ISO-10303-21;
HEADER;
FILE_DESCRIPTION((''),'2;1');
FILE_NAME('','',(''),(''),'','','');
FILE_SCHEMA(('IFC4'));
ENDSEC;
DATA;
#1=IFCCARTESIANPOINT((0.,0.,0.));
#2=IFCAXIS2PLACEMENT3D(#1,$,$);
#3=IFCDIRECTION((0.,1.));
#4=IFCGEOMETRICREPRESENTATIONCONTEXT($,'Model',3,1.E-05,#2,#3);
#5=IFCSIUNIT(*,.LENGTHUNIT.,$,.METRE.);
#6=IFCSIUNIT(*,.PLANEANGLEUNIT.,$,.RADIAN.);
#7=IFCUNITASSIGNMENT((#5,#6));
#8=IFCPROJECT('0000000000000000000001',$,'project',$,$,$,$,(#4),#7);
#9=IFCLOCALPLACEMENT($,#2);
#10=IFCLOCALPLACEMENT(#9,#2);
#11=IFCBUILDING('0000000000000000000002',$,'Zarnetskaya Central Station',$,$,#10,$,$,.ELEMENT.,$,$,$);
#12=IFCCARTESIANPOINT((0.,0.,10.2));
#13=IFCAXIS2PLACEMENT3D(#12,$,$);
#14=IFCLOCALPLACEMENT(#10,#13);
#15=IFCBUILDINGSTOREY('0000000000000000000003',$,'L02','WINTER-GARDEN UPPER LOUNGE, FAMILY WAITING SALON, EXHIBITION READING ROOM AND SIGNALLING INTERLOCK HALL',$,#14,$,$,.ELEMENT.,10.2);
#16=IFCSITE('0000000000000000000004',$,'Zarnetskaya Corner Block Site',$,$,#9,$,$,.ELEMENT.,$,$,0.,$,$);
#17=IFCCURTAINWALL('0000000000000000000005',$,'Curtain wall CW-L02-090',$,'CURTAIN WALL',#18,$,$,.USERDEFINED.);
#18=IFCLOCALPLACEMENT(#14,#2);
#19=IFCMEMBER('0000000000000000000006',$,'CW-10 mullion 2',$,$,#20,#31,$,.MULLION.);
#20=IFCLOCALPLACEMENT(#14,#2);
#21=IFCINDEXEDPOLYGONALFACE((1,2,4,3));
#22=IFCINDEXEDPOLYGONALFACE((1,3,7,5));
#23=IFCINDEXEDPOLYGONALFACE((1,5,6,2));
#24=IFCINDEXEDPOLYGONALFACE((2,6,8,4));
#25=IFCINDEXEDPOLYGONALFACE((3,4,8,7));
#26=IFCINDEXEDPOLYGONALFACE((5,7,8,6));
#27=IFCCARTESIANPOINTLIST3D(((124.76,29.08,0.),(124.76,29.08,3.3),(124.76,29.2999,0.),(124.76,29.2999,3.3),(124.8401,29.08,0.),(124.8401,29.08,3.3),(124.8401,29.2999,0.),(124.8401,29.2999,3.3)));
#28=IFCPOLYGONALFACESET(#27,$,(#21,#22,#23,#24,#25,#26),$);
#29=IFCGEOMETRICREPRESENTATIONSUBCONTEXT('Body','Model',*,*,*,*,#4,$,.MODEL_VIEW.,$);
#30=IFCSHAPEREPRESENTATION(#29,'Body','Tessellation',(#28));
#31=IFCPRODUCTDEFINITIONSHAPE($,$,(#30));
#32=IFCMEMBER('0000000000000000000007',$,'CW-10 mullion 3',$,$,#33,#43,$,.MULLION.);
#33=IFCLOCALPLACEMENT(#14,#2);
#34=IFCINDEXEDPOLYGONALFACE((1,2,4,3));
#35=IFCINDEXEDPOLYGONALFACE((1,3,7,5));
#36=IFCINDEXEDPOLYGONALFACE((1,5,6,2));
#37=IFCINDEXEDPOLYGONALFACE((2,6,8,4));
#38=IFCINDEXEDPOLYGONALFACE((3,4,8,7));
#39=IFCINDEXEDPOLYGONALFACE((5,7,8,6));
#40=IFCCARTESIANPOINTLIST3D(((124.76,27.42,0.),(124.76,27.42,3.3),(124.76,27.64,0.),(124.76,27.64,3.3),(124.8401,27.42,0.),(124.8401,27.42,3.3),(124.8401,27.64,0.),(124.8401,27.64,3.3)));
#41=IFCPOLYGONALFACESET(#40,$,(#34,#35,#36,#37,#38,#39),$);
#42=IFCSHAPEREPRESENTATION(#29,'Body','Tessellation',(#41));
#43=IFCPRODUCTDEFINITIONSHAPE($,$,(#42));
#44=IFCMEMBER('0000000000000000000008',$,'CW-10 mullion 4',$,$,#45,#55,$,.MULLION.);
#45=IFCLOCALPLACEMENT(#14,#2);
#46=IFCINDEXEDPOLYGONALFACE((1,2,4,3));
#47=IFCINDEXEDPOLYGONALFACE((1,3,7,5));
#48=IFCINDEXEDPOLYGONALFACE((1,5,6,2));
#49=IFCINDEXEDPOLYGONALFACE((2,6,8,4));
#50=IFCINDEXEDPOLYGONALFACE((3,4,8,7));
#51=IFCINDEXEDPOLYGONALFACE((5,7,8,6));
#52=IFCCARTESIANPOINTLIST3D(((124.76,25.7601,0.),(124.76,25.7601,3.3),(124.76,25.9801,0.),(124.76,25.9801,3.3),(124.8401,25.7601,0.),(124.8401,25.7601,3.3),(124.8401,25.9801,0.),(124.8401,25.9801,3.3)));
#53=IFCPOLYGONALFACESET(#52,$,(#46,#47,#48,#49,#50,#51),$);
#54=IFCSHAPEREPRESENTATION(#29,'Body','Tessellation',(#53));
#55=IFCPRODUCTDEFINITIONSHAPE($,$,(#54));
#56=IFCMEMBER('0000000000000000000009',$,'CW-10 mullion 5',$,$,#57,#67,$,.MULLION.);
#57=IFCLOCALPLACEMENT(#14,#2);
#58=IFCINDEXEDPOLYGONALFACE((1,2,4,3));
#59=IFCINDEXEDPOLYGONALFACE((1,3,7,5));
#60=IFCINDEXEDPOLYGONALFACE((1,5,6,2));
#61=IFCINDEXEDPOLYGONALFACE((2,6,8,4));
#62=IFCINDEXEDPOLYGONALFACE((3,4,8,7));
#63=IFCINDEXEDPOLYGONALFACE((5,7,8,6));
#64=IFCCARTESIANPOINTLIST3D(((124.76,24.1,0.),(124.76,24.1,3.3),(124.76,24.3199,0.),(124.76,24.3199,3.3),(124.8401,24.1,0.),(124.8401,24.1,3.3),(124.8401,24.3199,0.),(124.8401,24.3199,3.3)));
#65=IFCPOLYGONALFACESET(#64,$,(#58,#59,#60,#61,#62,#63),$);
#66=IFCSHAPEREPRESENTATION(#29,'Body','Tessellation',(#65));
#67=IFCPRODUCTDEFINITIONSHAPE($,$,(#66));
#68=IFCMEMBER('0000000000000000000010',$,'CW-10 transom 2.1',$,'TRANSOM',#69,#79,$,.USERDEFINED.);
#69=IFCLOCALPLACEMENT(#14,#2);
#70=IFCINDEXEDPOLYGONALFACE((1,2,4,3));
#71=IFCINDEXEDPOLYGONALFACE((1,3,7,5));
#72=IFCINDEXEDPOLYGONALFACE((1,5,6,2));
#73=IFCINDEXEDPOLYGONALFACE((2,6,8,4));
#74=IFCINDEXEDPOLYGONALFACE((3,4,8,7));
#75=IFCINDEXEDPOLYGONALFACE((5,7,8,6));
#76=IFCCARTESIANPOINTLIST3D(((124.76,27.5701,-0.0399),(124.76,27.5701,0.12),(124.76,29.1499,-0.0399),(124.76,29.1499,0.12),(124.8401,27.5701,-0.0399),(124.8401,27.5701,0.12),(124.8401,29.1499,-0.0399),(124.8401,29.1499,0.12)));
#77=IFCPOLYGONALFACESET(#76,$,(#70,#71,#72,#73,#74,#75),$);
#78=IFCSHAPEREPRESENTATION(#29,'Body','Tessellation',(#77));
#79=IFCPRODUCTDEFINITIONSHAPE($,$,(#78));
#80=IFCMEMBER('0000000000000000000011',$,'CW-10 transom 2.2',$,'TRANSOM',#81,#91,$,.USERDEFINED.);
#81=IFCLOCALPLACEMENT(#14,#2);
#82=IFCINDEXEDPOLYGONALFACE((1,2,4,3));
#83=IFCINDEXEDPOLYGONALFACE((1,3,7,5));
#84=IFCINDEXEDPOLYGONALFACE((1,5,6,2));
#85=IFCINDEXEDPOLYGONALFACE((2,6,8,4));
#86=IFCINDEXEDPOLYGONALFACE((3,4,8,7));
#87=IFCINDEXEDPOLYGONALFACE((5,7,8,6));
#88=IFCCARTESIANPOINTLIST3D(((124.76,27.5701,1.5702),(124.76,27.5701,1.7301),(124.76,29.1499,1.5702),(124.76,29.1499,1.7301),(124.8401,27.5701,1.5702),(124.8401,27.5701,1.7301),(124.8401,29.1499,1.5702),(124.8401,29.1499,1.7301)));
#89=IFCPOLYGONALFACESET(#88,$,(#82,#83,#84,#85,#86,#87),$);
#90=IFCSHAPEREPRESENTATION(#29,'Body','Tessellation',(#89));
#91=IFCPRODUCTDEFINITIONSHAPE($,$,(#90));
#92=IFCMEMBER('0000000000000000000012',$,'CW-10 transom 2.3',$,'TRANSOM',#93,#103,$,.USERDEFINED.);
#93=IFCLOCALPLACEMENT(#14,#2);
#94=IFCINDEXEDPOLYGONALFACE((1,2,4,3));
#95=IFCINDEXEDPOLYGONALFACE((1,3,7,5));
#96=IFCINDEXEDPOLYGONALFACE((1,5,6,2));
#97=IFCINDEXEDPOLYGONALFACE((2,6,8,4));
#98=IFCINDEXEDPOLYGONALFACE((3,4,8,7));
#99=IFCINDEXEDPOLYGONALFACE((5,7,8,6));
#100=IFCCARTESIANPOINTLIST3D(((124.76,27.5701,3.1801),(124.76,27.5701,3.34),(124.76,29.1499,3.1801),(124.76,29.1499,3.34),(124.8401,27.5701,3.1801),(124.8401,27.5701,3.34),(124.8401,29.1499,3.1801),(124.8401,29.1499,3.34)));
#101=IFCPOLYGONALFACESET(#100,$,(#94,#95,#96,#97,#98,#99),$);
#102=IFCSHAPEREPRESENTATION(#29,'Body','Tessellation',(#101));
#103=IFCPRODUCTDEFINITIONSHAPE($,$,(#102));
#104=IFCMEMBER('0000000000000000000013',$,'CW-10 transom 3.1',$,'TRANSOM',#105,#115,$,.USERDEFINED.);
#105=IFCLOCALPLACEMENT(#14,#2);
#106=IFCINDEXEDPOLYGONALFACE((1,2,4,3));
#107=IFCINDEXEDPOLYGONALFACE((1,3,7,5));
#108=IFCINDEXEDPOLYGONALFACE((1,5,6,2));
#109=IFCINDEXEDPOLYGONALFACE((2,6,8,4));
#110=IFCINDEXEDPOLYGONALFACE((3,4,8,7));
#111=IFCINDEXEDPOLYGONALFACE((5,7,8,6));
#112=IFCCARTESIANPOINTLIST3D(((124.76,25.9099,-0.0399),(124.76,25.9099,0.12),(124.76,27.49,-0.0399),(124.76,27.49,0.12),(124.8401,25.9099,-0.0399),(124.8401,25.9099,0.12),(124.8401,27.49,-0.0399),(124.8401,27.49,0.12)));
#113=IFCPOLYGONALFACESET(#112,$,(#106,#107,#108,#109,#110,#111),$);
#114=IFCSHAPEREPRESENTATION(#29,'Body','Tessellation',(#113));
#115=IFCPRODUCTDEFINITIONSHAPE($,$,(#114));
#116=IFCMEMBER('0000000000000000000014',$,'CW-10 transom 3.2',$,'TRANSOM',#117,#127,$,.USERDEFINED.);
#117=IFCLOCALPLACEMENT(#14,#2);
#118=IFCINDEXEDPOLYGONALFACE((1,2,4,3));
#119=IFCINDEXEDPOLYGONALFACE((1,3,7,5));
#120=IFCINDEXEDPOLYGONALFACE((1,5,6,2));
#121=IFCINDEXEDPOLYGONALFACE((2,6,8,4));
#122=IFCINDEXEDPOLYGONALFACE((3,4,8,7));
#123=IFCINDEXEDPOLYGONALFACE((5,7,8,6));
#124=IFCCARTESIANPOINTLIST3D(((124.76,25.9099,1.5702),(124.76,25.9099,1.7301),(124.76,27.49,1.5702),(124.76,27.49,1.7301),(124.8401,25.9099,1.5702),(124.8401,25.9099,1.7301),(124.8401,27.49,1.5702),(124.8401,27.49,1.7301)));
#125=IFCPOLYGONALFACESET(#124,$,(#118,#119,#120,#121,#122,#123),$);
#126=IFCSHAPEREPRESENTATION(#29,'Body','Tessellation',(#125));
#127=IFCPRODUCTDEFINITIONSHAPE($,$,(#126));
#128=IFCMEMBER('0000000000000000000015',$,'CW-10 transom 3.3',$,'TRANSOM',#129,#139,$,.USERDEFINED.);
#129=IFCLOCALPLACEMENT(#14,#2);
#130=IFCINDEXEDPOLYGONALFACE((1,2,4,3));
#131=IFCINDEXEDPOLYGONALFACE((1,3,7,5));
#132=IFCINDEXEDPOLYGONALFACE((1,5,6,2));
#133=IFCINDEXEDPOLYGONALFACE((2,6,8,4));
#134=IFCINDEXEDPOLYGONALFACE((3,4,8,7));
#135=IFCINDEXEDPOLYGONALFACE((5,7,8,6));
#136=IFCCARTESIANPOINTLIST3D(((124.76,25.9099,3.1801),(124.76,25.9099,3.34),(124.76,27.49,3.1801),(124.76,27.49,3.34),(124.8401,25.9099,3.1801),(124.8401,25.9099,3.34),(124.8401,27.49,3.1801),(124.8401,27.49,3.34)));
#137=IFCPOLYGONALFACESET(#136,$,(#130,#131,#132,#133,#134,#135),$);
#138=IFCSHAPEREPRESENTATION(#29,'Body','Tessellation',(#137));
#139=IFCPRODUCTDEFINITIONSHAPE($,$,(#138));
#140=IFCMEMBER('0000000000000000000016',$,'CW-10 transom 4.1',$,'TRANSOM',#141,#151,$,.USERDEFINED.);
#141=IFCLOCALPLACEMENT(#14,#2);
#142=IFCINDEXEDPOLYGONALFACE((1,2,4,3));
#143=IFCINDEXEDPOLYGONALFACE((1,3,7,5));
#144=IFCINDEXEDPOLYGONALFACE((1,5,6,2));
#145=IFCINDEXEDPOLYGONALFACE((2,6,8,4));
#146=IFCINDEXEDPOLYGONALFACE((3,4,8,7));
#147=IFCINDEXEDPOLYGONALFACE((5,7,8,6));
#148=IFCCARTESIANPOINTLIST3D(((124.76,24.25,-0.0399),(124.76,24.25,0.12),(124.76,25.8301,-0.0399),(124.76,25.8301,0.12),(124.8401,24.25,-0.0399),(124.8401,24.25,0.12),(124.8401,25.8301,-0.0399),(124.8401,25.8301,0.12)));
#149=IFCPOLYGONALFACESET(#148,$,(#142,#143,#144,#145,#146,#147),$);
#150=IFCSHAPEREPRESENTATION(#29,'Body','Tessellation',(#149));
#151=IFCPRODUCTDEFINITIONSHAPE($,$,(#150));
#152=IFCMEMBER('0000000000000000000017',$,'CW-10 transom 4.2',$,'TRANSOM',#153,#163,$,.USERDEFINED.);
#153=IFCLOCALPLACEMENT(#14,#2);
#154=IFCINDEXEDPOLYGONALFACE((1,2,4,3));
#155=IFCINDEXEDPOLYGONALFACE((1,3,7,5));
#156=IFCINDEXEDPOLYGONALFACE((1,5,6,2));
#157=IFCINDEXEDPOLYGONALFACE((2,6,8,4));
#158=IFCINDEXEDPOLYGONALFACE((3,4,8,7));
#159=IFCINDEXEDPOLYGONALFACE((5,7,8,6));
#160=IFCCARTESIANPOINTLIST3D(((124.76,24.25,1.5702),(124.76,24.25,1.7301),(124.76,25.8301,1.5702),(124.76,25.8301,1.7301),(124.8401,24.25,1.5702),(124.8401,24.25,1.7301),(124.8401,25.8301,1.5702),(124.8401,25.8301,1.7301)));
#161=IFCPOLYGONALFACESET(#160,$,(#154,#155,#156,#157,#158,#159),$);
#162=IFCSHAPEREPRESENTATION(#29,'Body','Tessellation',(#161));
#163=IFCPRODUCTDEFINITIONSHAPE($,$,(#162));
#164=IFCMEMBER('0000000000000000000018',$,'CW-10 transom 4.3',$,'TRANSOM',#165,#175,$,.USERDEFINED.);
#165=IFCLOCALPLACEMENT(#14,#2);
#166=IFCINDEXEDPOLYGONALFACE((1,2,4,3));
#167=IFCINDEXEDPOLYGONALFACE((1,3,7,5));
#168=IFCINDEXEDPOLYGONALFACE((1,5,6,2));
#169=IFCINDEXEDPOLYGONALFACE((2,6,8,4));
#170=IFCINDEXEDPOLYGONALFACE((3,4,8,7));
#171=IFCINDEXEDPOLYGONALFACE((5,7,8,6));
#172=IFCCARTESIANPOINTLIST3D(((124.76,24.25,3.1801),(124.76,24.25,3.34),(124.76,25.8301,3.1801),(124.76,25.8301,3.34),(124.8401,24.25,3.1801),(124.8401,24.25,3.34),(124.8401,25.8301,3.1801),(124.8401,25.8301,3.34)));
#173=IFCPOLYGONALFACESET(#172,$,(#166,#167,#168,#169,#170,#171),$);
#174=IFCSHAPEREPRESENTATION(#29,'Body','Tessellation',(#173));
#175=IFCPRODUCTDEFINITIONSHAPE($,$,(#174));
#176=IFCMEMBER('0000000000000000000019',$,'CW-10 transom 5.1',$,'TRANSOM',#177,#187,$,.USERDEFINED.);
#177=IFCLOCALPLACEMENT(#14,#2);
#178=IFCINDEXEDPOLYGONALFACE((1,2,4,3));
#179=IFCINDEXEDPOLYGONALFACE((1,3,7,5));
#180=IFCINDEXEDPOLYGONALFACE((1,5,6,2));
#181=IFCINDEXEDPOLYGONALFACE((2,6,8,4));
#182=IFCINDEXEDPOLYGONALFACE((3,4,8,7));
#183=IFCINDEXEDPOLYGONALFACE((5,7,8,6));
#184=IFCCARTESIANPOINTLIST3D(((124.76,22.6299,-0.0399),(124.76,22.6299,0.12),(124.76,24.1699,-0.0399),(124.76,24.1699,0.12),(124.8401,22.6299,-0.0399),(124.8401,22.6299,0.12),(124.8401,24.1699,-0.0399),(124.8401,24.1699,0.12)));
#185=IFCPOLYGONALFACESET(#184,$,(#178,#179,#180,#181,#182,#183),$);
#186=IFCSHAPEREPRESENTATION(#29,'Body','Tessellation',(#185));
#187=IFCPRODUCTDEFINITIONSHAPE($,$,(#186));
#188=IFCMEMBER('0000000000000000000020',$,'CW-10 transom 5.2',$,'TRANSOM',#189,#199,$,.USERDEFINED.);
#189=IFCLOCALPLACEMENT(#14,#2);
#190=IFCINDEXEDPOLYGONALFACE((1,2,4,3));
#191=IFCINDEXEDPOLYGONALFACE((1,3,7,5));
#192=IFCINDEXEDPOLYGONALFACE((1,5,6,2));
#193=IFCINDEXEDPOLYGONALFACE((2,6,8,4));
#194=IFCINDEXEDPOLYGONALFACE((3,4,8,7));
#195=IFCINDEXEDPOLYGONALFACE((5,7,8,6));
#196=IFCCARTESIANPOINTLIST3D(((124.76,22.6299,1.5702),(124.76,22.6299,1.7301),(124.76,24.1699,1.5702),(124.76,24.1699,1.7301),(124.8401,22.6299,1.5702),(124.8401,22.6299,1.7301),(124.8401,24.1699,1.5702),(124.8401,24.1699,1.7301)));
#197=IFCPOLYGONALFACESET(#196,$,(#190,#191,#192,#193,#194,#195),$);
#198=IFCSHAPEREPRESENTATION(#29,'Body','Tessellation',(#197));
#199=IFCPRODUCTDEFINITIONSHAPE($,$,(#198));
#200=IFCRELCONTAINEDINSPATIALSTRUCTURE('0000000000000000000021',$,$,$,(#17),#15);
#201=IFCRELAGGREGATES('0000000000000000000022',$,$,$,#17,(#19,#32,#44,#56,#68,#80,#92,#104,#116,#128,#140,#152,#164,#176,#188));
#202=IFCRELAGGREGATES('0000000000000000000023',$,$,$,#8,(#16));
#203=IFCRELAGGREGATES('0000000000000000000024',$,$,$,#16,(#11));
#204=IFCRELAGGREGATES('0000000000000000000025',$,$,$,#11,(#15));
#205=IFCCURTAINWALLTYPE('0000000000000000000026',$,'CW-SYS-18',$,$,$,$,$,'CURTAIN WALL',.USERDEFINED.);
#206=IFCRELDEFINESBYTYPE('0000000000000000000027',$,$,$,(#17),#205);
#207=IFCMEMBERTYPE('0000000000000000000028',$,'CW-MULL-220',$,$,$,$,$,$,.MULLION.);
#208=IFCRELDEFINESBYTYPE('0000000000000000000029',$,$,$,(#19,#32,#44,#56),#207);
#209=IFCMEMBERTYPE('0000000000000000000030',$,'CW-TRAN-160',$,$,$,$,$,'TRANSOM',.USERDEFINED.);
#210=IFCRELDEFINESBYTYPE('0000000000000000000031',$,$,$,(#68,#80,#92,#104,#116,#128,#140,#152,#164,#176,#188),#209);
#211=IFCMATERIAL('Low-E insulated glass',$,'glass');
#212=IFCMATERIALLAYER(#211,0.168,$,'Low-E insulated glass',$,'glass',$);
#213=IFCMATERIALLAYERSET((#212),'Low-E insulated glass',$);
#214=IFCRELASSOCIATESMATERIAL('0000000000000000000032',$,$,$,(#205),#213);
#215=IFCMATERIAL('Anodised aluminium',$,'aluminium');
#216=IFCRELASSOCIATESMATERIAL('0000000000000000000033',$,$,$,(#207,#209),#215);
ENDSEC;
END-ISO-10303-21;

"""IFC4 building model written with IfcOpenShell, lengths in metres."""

from ifc_helpers import new_model, si_unit, direction, frame, origin, origin_2d, place, context, subcontext, project, spatial, rectangle, extrude, material, layer, layer_set, material_profile, profile_set, type_object, element, aggregate, save


model = new_model("IFC4")

# Units and contexts
model_context = context("Model", 3, precision=1e-05, world=origin(), true_north=direction((0.0, 1.0)))
body_context = subcontext(model_context, "Body", "Model", "MODEL_VIEW")
ifc_project = project(units=[si_unit("LENGTHUNIT", "METRE"), si_unit("PLANEANGLEUNIT", "RADIAN")], contexts=[model_context])

# Site, building, storey
site_placement = place(None, origin())
site = spatial("IfcSite", under=ifc_project, at=site_placement, Name="Zarnetskaya Corner Block Site", CompositionType="ELEMENT", RefElevation=0.0)
building_placement = place(site_placement, origin())
building = spatial("IfcBuilding", under=site, at=building_placement, Name="Zarnetskaya Central Station", CompositionType="ELEMENT")
storey_placement = place(building_placement, frame((0.0, 0.0, 10.2)))
storey = spatial("IfcBuildingStorey", under=building, at=storey_placement, Name="L02", Description="WINTER-GARDEN UPPER LOUNGE, FAMILY WAITING SALON, EXHIBITION READING ROOM AND SIGNALLING INTERLOCK HALL", CompositionType="ELEMENT", Elevation=10.2)

# Curtain wall, members
ifc_material_1 = material(Name="Low-E insulated glass", Category="glass")
ifc_layer_1 = layer(ifc_material_1, 0.168, Name="Low-E insulated glass", Category="glass")
ifc_layer_set_1 = layer_set([ifc_layer_1], Name="Low-E insulated glass")
curtain_wall_type = type_object("IfcCurtainWallType", Name="CW-SYS-18", ElementType="CURTAIN WALL", PredefinedType="USERDEFINED", material=ifc_layer_set_1)
curtain_wall_placement = place(storey_placement, origin())
curtain_wall = element("IfcCurtainWall", 1, at=curtain_wall_placement, inside=storey, type_object=curtain_wall_type, Name="Curtain wall CW-L02-090", ObjectType="CURTAIN WALL", PredefinedType="USERDEFINED")
ifc_material_2 = material(Name="Anodised aluminium", Category="aluminium")
ifc_material_profile_1 = material_profile(ifc_material_2, rectangle(XDim=0.0801, YDim=0.22, at=origin_2d()), Name="ALU MULL 80x220")
ifc_profile_set_1 = profile_set([ifc_material_profile_1], Name="Anodised aluminium")
member_type_1 = type_object("IfcMemberType", Name="CW-MULL-220", PredefinedType="MULLION", material=ifc_profile_set_1)
member_1_placement = place(storey_placement, frame((124.8, 29.1899, 0.0), z_axis=(0.0, 0.0, 1.0), x_axis=(1.0, 0.0, 0.0)))
member_1 = element("IfcMember", 2, at=member_1_placement, type_object=member_type_1, Name="CW-10 mullion 2", PredefinedType="MULLION", context=body_context, shape_type="SweptSolid", body=[
    extrude(rectangle(XDim=0.0801, YDim=0.22, at=origin_2d()), origin(), (0.0, 0.0, 1.0), 3.3),
])
member_2_placement = place(storey_placement, frame((124.8, 27.53, 0.0), z_axis=(0.0, 0.0, 1.0), x_axis=(1.0, 0.0, 0.0)))
member_2 = element("IfcMember", 3, at=member_2_placement, type_object=member_type_1, Name="CW-10 mullion 3", PredefinedType="MULLION", context=body_context, shape_type="SweptSolid", body=[
    extrude(rectangle(XDim=0.0801, YDim=0.22, at=origin_2d()), origin(), (0.0, 0.0, 1.0), 3.3),
])
member_3_placement = place(storey_placement, frame((124.8, 25.8701, 0.0), z_axis=(0.0, 0.0, 1.0), x_axis=(1.0, 0.0, 0.0)))
member_3 = element("IfcMember", 4, at=member_3_placement, type_object=member_type_1, Name="CW-10 mullion 4", PredefinedType="MULLION", context=body_context, shape_type="SweptSolid", body=[
    extrude(rectangle(XDim=0.0801, YDim=0.22, at=origin_2d()), origin(), (0.0, 0.0, 1.0), 3.3),
])
member_4_placement = place(storey_placement, frame((124.8, 24.21, 0.0), z_axis=(0.0, 0.0, 1.0), x_axis=(1.0, 0.0, 0.0)))
member_4 = element("IfcMember", 5, at=member_4_placement, type_object=member_type_1, Name="CW-10 mullion 5", PredefinedType="MULLION", context=body_context, shape_type="SweptSolid", body=[
    extrude(rectangle(XDim=0.0801, YDim=0.22, at=origin_2d()), origin(), (0.0, 0.0, 1.0), 3.3),
])
ifc_material_profile_2 = material_profile(ifc_material_2, rectangle(XDim=0.0801, YDim=0.1599, at=origin_2d()), Name="ALU TRAN 80x160")
ifc_profile_set_2 = profile_set([ifc_material_profile_2], Name="Anodised aluminium")
member_type_2 = type_object("IfcMemberType", Name="CW-TRAN-160", ElementType="TRANSOM", PredefinedType="USERDEFINED", material=ifc_profile_set_2)
member_5_placement = place(storey_placement, frame((124.8, 29.1499, 0.04), z_axis=(0.0, -1.0, 0.0), x_axis=(1.0, 0.0, 0.0)))
member_5 = element("IfcMember", 6, at=member_5_placement, type_object=member_type_2, Name="CW-10 transom 2.1", ObjectType="TRANSOM", PredefinedType="USERDEFINED", context=body_context, shape_type="SweptSolid", body=[
    extrude(rectangle(XDim=0.0801, YDim=0.1599, at=origin_2d()), origin(), (0.0, 0.0, 1.0), 1.5798),
])
member_6_placement = place(storey_placement, frame((124.8, 29.1499, 1.6501), z_axis=(0.0, -1.0, 0.0), x_axis=(1.0, 0.0, 0.0)))
member_6 = element("IfcMember", 7, at=member_6_placement, type_object=member_type_2, Name="CW-10 transom 2.2", ObjectType="TRANSOM", PredefinedType="USERDEFINED", context=body_context, shape_type="SweptSolid", body=[
    extrude(rectangle(XDim=0.0801, YDim=0.1599, at=origin_2d()), origin(), (0.0, 0.0, 1.0), 1.5798),
])
member_7_placement = place(storey_placement, frame((124.8, 29.1499, 3.26), z_axis=(0.0, -1.0, 0.0), x_axis=(1.0, 0.0, 0.0)))
member_7 = element("IfcMember", 8, at=member_7_placement, type_object=member_type_2, Name="CW-10 transom 2.3", ObjectType="TRANSOM", PredefinedType="USERDEFINED", context=body_context, shape_type="SweptSolid", body=[
    extrude(rectangle(XDim=0.0801, YDim=0.1599, at=origin_2d()), origin(), (0.0, 0.0, 1.0), 1.5798),
])
member_8_placement = place(storey_placement, frame((124.8, 27.49, 0.04), z_axis=(0.0, -1.0, 0.0), x_axis=(1.0, 0.0, 0.0)))
member_8 = element("IfcMember", 9, at=member_8_placement, type_object=member_type_2, Name="CW-10 transom 3.1", ObjectType="TRANSOM", PredefinedType="USERDEFINED", context=body_context, shape_type="SweptSolid", body=[
    extrude(rectangle(XDim=0.0801, YDim=0.1599, at=origin_2d()), origin(), (0.0, 0.0, 1.0), 1.5801),
])
member_9_placement = place(storey_placement, frame((124.8, 27.49, 1.6501), z_axis=(0.0, -1.0, 0.0), x_axis=(1.0, 0.0, 0.0)))
member_9 = element("IfcMember", 10, at=member_9_placement, type_object=member_type_2, Name="CW-10 transom 3.2", ObjectType="TRANSOM", PredefinedType="USERDEFINED", context=body_context, shape_type="SweptSolid", body=[
    extrude(rectangle(XDim=0.0801, YDim=0.1599, at=origin_2d()), origin(), (0.0, 0.0, 1.0), 1.5801),
])
member_10_placement = place(storey_placement, frame((124.8, 27.49, 3.26), z_axis=(0.0, -1.0, 0.0), x_axis=(1.0, 0.0, 0.0)))
member_10 = element("IfcMember", 11, at=member_10_placement, type_object=member_type_2, Name="CW-10 transom 3.3", ObjectType="TRANSOM", PredefinedType="USERDEFINED", context=body_context, shape_type="SweptSolid", body=[
    extrude(rectangle(XDim=0.0801, YDim=0.1599, at=origin_2d()), origin(), (0.0, 0.0, 1.0), 1.5801),
])
member_11_placement = place(storey_placement, frame((124.8, 25.8301, 0.04), z_axis=(0.0, -1.0, 0.0), x_axis=(1.0, 0.0, 0.0)))
member_11 = element("IfcMember", 12, at=member_11_placement, type_object=member_type_2, Name="CW-10 transom 4.1", ObjectType="TRANSOM", PredefinedType="USERDEFINED", context=body_context, shape_type="SweptSolid", body=[
    extrude(rectangle(XDim=0.0801, YDim=0.1599, at=origin_2d()), origin(), (0.0, 0.0, 1.0), 1.5801),
])
member_12_placement = place(storey_placement, frame((124.8, 25.8301, 1.6501), z_axis=(0.0, -1.0, 0.0), x_axis=(1.0, 0.0, 0.0)))
member_12 = element("IfcMember", 13, at=member_12_placement, type_object=member_type_2, Name="CW-10 transom 4.2", ObjectType="TRANSOM", PredefinedType="USERDEFINED", context=body_context, shape_type="SweptSolid", body=[
    extrude(rectangle(XDim=0.0801, YDim=0.1599, at=origin_2d()), origin(), (0.0, 0.0, 1.0), 1.5801),
])
member_13_placement = place(storey_placement, frame((124.8, 25.8301, 3.26), z_axis=(0.0, -1.0, 0.0), x_axis=(1.0, 0.0, 0.0)))
member_13 = element("IfcMember", 14, at=member_13_placement, type_object=member_type_2, Name="CW-10 transom 4.3", ObjectType="TRANSOM", PredefinedType="USERDEFINED", context=body_context, shape_type="SweptSolid", body=[
    extrude(rectangle(XDim=0.0801, YDim=0.1599, at=origin_2d()), origin(), (0.0, 0.0, 1.0), 1.5801),
])
member_14_placement = place(storey_placement, frame((124.8, 24.1699, 0.04), z_axis=(0.0, -1.0, 0.0), x_axis=(1.0, 0.0, 0.0)))
member_14 = element("IfcMember", 15, at=member_14_placement, type_object=member_type_2, Name="CW-10 transom 5.1", ObjectType="TRANSOM", PredefinedType="USERDEFINED", context=body_context, shape_type="SweptSolid", body=[
    extrude(rectangle(XDim=0.0801, YDim=0.1599, at=origin_2d()), origin(), (0.0, 0.0, 1.0), 1.54),
])
member_15_placement = place(storey_placement, frame((124.8, 24.1699, 1.6501), z_axis=(0.0, -1.0, 0.0), x_axis=(1.0, 0.0, 0.0)))
member_15 = element("IfcMember", 16, at=member_15_placement, type_object=member_type_2, Name="CW-10 transom 5.2", ObjectType="TRANSOM", PredefinedType="USERDEFINED", context=body_context, shape_type="SweptSolid", body=[
    extrude(rectangle(XDim=0.0801, YDim=0.1599, at=origin_2d()), origin(), (0.0, 0.0, 1.0), 1.54),
])
aggregate(curtain_wall, [member_1, member_2, member_3, member_4, member_5, member_6, member_7, member_8, member_9, member_10, member_11, member_12, member_13, member_14, member_15])

save(model, "model.ifc")
